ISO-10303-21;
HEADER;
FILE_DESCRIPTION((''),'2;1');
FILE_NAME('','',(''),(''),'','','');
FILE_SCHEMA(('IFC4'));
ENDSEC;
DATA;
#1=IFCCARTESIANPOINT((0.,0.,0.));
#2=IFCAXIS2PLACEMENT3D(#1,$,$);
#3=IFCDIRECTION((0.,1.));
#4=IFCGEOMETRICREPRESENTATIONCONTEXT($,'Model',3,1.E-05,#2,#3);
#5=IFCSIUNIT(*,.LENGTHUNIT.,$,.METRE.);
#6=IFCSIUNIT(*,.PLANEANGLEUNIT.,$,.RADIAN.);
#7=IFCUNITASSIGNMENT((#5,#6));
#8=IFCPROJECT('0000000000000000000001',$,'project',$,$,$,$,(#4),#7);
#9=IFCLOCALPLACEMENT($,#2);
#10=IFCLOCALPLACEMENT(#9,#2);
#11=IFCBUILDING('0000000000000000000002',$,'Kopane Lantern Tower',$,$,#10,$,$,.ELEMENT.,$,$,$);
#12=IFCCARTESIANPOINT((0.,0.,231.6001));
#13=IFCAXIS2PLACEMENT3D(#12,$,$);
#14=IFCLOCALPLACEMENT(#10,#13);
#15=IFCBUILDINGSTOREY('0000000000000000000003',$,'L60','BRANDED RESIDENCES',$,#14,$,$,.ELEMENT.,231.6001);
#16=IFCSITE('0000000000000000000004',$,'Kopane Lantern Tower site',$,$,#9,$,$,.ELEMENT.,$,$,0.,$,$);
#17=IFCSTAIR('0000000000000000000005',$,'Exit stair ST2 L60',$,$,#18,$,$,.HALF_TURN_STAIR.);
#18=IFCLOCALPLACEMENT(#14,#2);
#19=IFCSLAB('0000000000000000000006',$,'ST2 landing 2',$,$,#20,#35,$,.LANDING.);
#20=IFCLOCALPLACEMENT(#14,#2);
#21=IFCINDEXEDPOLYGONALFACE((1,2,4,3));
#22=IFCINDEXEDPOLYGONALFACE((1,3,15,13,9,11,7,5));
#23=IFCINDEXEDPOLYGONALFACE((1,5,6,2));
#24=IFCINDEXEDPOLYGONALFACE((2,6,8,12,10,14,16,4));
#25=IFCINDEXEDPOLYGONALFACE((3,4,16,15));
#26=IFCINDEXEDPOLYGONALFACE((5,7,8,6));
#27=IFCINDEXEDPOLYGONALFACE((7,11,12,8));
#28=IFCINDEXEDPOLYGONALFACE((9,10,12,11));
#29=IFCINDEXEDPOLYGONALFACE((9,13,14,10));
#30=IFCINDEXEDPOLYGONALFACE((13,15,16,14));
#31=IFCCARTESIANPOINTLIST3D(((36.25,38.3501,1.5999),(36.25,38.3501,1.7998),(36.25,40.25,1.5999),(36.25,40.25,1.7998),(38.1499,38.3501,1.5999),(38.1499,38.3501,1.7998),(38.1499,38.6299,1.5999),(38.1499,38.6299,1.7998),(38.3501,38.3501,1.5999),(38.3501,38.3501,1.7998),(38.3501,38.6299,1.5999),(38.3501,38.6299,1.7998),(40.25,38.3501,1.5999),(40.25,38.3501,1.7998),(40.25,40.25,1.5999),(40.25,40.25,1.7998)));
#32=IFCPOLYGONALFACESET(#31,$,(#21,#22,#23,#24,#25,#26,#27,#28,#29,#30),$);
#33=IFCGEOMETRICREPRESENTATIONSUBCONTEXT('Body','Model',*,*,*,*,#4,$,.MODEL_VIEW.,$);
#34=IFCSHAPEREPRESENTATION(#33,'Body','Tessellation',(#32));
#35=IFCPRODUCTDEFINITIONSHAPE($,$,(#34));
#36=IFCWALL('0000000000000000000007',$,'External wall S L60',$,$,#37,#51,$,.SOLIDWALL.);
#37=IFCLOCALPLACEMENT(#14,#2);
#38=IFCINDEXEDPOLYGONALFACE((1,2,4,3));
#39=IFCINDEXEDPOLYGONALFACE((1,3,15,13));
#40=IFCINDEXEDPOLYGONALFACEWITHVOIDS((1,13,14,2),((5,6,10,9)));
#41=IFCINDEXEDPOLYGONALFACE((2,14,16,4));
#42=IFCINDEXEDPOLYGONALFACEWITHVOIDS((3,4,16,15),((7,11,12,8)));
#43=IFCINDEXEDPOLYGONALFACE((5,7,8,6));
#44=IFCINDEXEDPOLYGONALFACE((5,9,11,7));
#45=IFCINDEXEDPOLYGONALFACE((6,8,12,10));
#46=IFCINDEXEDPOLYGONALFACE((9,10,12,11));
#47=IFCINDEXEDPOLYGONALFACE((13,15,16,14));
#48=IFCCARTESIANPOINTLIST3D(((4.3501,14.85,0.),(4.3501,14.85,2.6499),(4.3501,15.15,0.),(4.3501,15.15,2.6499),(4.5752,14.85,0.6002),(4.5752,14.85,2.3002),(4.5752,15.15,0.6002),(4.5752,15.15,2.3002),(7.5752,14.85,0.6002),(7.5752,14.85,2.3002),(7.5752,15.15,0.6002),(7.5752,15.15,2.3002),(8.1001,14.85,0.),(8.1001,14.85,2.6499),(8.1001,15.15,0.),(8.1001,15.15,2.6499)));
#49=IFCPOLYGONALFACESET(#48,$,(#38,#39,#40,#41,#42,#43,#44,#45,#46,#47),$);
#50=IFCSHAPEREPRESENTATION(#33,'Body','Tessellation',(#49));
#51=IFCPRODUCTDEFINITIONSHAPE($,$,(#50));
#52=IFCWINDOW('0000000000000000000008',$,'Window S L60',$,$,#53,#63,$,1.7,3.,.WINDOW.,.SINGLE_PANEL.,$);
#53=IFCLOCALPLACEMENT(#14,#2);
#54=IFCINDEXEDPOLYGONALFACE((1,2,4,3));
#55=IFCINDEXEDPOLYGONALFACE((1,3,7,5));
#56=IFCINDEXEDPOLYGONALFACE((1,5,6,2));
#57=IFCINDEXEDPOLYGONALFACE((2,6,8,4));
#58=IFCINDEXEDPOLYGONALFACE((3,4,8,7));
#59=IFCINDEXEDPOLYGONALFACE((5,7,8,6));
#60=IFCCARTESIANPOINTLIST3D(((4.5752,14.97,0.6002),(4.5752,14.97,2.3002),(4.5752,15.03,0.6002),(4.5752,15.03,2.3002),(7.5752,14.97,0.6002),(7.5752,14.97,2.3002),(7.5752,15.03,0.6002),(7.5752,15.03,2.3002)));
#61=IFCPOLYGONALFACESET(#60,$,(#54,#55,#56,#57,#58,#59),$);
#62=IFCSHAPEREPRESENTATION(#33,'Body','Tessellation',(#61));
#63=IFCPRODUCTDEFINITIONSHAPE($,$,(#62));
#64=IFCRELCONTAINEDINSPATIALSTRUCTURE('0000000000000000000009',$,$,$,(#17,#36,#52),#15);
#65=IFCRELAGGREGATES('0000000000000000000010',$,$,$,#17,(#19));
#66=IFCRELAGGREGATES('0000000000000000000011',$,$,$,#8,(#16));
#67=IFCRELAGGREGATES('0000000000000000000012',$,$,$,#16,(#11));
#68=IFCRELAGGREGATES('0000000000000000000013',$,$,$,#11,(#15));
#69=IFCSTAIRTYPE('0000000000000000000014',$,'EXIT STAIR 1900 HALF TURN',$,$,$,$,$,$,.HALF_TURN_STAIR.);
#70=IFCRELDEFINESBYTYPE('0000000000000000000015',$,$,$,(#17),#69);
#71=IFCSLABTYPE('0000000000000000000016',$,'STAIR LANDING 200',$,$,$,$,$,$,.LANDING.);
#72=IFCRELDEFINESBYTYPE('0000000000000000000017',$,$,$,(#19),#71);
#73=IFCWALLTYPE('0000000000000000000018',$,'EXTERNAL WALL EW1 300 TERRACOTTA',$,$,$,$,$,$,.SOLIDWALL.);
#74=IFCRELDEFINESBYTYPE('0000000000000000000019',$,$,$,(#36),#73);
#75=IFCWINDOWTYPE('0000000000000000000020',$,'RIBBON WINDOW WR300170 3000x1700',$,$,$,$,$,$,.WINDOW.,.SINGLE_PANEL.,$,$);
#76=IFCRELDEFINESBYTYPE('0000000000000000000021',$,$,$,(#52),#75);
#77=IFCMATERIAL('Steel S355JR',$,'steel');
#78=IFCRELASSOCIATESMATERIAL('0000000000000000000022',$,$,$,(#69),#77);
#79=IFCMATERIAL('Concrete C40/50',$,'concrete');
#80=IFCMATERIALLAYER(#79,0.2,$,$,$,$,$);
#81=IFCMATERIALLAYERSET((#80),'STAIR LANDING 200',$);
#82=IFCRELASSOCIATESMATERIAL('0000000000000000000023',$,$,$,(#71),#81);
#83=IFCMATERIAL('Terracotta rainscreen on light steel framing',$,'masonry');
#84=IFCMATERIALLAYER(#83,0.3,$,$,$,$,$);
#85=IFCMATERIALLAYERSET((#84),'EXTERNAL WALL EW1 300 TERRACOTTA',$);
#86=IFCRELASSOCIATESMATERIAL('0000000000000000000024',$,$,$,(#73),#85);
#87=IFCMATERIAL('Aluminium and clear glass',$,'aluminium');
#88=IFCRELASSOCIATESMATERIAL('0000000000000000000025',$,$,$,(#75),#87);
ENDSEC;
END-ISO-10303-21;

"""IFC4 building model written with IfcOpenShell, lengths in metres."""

from ifc_helpers import new_model, si_unit, direction, frame, frame_2d, origin, place, context, subcontext, project, spatial, polyline, rectangle, outline, extrude, material, layer, layer_set, type_object, element, fill, aggregate, save


model = new_model("IFC4")

# Units and contexts
model_context = context("Model", 3, precision=1e-05, world=origin(), true_north=direction((0.0, 1.0)))
body_context = subcontext(model_context, "Body", "Model", "MODEL_VIEW")
ifc_project = project(units=[si_unit("LENGTHUNIT", "METRE"), si_unit("PLANEANGLEUNIT", "RADIAN")], contexts=[model_context])

# Site, building, storey
site_placement = place(None, origin())
site = spatial("IfcSite", under=ifc_project, at=site_placement, Name="Kopane Lantern Tower site", CompositionType="ELEMENT", RefElevation=0.0)
building_placement = place(site_placement, origin())
building = spatial("IfcBuilding", under=site, at=building_placement, Name="Kopane Lantern Tower", CompositionType="ELEMENT")
storey_placement = place(building_placement, frame((0.0, 0.0, 231.6001)))
storey = spatial("IfcBuildingStorey", under=building, at=storey_placement, Name="L60", Description="BRANDED RESIDENCES", CompositionType="ELEMENT", Elevation=231.6001)

# Stair, slab
ifc_material_1 = material(Name="Steel S355JR", Category="steel")
stair_type = type_object("IfcStairType", Name="EXIT STAIR 1900 HALF TURN", PredefinedType="HALF_TURN_STAIR", material=ifc_material_1)
ifc_material_2 = material(Name="Concrete C40/50", Category="concrete")
ifc_layer_1 = layer(ifc_material_2, 0.2)
ifc_layer_set_1 = layer_set([ifc_layer_1], Name="STAIR LANDING 200")
slab_type_1 = type_object("IfcSlabType", Name="STAIR LANDING 200", PredefinedType="LANDING", material=ifc_layer_set_1)
stair_1_placement = place(storey_placement, origin())
stair_1 = element("IfcStair", 1, at=stair_1_placement, inside=storey, type_object=stair_type, Name="Exit stair ST2 L60", PredefinedType="HALF_TURN_STAIR")
slab_1_placement = place(storey_placement, frame((0.0, 0.0, 1.5999)))
slab_1 = element("IfcSlab", 2, at=slab_1_placement, type_object=slab_type_1, Name="ST2 landing 2", PredefinedType="LANDING", context=body_context, shape_type="SweptSolid", body=[
    extrude(outline(polyline([(38.1499, 38.6299), (38.3501, 38.6299), (38.3501, 38.3501), (40.25, 38.3501), (40.25, 40.25), (36.25, 40.25), (36.25, 38.3501), (38.1499, 38.3501), (38.1499, 38.6299)])), origin(), (0.0, 0.0, 1.0), 0.2),
])
aggregate(stair_1, [slab_1])

# Wall, opening, window
ifc_material_3 = material(Name="Terracotta rainscreen on light steel framing", Category="masonry")
ifc_layer_2 = layer(ifc_material_3, 0.3)
ifc_layer_set_2 = layer_set([ifc_layer_2], Name="EXTERNAL WALL EW1 300 TERRACOTTA")
wall_type = type_object("IfcWallType", Name="EXTERNAL WALL EW1 300 TERRACOTTA", PredefinedType="SOLIDWALL", material=ifc_layer_set_2)
wall_placement = place(storey_placement, frame((4.3501, 15.0, 0.0), z_axis=(0.0, 0.0, 1.0), x_axis=(1.0, 0.0, 0.0)))
wall = element("IfcWall", 3, at=wall_placement, inside=storey, type_object=wall_type, Name="External wall S L60", PredefinedType="SOLIDWALL", context=body_context, shape_type="SweptSolid", body=[
    extrude(rectangle(XDim=3.75, YDim=0.3, at=frame_2d((1.875, 0.0))), origin(), (0.0, 0.0, 1.0), 2.6499),
])
opening_placement = place(wall_placement, frame((0.2251, 0.0, 0.6001)))
opening = element("IfcOpeningElement", 4, at=opening_placement, cuts=wall, PredefinedType="OPENING", context=body_context, shape_type="SweptSolid", body=[
    extrude(rectangle(XDim=3.0, YDim=1.7, at=frame_2d((1.5, 0.8501))), frame((0.0, 0.1599, 0.0), z_axis=(0.0, -1.0, 0.0), x_axis=(1.0, 0.0, 0.0)), (0.0, 0.0, 1.0), 0.3201),
])
ifc_material_4 = material(Name="Aluminium and clear glass", Category="aluminium")
window_type = type_object("IfcWindowType", Name="RIBBON WINDOW WR300170 3000x1700", PartitioningType="SINGLE_PANEL", PredefinedType="WINDOW", material=ifc_material_4)
window_placement = place(opening_placement, origin())
window = element("IfcWindow", 5, at=window_placement, inside=storey, type_object=window_type, Name="Window S L60", OverallHeight=1.7, OverallWidth=3.0, PartitioningType="SINGLE_PANEL", PredefinedType="WINDOW", context=body_context, shape_type="SweptSolid", body=[
    extrude(rectangle(XDim=3.0, YDim=1.7, at=frame_2d((1.5, 0.8501))), frame((0.0, 0.03, 0.0), z_axis=(0.0, -1.0, 0.0), x_axis=(1.0, 0.0, 0.0)), (0.0, 0.0, 1.0), 0.0601),
])
fill(opening, window)

save(model, "model.ifc")
